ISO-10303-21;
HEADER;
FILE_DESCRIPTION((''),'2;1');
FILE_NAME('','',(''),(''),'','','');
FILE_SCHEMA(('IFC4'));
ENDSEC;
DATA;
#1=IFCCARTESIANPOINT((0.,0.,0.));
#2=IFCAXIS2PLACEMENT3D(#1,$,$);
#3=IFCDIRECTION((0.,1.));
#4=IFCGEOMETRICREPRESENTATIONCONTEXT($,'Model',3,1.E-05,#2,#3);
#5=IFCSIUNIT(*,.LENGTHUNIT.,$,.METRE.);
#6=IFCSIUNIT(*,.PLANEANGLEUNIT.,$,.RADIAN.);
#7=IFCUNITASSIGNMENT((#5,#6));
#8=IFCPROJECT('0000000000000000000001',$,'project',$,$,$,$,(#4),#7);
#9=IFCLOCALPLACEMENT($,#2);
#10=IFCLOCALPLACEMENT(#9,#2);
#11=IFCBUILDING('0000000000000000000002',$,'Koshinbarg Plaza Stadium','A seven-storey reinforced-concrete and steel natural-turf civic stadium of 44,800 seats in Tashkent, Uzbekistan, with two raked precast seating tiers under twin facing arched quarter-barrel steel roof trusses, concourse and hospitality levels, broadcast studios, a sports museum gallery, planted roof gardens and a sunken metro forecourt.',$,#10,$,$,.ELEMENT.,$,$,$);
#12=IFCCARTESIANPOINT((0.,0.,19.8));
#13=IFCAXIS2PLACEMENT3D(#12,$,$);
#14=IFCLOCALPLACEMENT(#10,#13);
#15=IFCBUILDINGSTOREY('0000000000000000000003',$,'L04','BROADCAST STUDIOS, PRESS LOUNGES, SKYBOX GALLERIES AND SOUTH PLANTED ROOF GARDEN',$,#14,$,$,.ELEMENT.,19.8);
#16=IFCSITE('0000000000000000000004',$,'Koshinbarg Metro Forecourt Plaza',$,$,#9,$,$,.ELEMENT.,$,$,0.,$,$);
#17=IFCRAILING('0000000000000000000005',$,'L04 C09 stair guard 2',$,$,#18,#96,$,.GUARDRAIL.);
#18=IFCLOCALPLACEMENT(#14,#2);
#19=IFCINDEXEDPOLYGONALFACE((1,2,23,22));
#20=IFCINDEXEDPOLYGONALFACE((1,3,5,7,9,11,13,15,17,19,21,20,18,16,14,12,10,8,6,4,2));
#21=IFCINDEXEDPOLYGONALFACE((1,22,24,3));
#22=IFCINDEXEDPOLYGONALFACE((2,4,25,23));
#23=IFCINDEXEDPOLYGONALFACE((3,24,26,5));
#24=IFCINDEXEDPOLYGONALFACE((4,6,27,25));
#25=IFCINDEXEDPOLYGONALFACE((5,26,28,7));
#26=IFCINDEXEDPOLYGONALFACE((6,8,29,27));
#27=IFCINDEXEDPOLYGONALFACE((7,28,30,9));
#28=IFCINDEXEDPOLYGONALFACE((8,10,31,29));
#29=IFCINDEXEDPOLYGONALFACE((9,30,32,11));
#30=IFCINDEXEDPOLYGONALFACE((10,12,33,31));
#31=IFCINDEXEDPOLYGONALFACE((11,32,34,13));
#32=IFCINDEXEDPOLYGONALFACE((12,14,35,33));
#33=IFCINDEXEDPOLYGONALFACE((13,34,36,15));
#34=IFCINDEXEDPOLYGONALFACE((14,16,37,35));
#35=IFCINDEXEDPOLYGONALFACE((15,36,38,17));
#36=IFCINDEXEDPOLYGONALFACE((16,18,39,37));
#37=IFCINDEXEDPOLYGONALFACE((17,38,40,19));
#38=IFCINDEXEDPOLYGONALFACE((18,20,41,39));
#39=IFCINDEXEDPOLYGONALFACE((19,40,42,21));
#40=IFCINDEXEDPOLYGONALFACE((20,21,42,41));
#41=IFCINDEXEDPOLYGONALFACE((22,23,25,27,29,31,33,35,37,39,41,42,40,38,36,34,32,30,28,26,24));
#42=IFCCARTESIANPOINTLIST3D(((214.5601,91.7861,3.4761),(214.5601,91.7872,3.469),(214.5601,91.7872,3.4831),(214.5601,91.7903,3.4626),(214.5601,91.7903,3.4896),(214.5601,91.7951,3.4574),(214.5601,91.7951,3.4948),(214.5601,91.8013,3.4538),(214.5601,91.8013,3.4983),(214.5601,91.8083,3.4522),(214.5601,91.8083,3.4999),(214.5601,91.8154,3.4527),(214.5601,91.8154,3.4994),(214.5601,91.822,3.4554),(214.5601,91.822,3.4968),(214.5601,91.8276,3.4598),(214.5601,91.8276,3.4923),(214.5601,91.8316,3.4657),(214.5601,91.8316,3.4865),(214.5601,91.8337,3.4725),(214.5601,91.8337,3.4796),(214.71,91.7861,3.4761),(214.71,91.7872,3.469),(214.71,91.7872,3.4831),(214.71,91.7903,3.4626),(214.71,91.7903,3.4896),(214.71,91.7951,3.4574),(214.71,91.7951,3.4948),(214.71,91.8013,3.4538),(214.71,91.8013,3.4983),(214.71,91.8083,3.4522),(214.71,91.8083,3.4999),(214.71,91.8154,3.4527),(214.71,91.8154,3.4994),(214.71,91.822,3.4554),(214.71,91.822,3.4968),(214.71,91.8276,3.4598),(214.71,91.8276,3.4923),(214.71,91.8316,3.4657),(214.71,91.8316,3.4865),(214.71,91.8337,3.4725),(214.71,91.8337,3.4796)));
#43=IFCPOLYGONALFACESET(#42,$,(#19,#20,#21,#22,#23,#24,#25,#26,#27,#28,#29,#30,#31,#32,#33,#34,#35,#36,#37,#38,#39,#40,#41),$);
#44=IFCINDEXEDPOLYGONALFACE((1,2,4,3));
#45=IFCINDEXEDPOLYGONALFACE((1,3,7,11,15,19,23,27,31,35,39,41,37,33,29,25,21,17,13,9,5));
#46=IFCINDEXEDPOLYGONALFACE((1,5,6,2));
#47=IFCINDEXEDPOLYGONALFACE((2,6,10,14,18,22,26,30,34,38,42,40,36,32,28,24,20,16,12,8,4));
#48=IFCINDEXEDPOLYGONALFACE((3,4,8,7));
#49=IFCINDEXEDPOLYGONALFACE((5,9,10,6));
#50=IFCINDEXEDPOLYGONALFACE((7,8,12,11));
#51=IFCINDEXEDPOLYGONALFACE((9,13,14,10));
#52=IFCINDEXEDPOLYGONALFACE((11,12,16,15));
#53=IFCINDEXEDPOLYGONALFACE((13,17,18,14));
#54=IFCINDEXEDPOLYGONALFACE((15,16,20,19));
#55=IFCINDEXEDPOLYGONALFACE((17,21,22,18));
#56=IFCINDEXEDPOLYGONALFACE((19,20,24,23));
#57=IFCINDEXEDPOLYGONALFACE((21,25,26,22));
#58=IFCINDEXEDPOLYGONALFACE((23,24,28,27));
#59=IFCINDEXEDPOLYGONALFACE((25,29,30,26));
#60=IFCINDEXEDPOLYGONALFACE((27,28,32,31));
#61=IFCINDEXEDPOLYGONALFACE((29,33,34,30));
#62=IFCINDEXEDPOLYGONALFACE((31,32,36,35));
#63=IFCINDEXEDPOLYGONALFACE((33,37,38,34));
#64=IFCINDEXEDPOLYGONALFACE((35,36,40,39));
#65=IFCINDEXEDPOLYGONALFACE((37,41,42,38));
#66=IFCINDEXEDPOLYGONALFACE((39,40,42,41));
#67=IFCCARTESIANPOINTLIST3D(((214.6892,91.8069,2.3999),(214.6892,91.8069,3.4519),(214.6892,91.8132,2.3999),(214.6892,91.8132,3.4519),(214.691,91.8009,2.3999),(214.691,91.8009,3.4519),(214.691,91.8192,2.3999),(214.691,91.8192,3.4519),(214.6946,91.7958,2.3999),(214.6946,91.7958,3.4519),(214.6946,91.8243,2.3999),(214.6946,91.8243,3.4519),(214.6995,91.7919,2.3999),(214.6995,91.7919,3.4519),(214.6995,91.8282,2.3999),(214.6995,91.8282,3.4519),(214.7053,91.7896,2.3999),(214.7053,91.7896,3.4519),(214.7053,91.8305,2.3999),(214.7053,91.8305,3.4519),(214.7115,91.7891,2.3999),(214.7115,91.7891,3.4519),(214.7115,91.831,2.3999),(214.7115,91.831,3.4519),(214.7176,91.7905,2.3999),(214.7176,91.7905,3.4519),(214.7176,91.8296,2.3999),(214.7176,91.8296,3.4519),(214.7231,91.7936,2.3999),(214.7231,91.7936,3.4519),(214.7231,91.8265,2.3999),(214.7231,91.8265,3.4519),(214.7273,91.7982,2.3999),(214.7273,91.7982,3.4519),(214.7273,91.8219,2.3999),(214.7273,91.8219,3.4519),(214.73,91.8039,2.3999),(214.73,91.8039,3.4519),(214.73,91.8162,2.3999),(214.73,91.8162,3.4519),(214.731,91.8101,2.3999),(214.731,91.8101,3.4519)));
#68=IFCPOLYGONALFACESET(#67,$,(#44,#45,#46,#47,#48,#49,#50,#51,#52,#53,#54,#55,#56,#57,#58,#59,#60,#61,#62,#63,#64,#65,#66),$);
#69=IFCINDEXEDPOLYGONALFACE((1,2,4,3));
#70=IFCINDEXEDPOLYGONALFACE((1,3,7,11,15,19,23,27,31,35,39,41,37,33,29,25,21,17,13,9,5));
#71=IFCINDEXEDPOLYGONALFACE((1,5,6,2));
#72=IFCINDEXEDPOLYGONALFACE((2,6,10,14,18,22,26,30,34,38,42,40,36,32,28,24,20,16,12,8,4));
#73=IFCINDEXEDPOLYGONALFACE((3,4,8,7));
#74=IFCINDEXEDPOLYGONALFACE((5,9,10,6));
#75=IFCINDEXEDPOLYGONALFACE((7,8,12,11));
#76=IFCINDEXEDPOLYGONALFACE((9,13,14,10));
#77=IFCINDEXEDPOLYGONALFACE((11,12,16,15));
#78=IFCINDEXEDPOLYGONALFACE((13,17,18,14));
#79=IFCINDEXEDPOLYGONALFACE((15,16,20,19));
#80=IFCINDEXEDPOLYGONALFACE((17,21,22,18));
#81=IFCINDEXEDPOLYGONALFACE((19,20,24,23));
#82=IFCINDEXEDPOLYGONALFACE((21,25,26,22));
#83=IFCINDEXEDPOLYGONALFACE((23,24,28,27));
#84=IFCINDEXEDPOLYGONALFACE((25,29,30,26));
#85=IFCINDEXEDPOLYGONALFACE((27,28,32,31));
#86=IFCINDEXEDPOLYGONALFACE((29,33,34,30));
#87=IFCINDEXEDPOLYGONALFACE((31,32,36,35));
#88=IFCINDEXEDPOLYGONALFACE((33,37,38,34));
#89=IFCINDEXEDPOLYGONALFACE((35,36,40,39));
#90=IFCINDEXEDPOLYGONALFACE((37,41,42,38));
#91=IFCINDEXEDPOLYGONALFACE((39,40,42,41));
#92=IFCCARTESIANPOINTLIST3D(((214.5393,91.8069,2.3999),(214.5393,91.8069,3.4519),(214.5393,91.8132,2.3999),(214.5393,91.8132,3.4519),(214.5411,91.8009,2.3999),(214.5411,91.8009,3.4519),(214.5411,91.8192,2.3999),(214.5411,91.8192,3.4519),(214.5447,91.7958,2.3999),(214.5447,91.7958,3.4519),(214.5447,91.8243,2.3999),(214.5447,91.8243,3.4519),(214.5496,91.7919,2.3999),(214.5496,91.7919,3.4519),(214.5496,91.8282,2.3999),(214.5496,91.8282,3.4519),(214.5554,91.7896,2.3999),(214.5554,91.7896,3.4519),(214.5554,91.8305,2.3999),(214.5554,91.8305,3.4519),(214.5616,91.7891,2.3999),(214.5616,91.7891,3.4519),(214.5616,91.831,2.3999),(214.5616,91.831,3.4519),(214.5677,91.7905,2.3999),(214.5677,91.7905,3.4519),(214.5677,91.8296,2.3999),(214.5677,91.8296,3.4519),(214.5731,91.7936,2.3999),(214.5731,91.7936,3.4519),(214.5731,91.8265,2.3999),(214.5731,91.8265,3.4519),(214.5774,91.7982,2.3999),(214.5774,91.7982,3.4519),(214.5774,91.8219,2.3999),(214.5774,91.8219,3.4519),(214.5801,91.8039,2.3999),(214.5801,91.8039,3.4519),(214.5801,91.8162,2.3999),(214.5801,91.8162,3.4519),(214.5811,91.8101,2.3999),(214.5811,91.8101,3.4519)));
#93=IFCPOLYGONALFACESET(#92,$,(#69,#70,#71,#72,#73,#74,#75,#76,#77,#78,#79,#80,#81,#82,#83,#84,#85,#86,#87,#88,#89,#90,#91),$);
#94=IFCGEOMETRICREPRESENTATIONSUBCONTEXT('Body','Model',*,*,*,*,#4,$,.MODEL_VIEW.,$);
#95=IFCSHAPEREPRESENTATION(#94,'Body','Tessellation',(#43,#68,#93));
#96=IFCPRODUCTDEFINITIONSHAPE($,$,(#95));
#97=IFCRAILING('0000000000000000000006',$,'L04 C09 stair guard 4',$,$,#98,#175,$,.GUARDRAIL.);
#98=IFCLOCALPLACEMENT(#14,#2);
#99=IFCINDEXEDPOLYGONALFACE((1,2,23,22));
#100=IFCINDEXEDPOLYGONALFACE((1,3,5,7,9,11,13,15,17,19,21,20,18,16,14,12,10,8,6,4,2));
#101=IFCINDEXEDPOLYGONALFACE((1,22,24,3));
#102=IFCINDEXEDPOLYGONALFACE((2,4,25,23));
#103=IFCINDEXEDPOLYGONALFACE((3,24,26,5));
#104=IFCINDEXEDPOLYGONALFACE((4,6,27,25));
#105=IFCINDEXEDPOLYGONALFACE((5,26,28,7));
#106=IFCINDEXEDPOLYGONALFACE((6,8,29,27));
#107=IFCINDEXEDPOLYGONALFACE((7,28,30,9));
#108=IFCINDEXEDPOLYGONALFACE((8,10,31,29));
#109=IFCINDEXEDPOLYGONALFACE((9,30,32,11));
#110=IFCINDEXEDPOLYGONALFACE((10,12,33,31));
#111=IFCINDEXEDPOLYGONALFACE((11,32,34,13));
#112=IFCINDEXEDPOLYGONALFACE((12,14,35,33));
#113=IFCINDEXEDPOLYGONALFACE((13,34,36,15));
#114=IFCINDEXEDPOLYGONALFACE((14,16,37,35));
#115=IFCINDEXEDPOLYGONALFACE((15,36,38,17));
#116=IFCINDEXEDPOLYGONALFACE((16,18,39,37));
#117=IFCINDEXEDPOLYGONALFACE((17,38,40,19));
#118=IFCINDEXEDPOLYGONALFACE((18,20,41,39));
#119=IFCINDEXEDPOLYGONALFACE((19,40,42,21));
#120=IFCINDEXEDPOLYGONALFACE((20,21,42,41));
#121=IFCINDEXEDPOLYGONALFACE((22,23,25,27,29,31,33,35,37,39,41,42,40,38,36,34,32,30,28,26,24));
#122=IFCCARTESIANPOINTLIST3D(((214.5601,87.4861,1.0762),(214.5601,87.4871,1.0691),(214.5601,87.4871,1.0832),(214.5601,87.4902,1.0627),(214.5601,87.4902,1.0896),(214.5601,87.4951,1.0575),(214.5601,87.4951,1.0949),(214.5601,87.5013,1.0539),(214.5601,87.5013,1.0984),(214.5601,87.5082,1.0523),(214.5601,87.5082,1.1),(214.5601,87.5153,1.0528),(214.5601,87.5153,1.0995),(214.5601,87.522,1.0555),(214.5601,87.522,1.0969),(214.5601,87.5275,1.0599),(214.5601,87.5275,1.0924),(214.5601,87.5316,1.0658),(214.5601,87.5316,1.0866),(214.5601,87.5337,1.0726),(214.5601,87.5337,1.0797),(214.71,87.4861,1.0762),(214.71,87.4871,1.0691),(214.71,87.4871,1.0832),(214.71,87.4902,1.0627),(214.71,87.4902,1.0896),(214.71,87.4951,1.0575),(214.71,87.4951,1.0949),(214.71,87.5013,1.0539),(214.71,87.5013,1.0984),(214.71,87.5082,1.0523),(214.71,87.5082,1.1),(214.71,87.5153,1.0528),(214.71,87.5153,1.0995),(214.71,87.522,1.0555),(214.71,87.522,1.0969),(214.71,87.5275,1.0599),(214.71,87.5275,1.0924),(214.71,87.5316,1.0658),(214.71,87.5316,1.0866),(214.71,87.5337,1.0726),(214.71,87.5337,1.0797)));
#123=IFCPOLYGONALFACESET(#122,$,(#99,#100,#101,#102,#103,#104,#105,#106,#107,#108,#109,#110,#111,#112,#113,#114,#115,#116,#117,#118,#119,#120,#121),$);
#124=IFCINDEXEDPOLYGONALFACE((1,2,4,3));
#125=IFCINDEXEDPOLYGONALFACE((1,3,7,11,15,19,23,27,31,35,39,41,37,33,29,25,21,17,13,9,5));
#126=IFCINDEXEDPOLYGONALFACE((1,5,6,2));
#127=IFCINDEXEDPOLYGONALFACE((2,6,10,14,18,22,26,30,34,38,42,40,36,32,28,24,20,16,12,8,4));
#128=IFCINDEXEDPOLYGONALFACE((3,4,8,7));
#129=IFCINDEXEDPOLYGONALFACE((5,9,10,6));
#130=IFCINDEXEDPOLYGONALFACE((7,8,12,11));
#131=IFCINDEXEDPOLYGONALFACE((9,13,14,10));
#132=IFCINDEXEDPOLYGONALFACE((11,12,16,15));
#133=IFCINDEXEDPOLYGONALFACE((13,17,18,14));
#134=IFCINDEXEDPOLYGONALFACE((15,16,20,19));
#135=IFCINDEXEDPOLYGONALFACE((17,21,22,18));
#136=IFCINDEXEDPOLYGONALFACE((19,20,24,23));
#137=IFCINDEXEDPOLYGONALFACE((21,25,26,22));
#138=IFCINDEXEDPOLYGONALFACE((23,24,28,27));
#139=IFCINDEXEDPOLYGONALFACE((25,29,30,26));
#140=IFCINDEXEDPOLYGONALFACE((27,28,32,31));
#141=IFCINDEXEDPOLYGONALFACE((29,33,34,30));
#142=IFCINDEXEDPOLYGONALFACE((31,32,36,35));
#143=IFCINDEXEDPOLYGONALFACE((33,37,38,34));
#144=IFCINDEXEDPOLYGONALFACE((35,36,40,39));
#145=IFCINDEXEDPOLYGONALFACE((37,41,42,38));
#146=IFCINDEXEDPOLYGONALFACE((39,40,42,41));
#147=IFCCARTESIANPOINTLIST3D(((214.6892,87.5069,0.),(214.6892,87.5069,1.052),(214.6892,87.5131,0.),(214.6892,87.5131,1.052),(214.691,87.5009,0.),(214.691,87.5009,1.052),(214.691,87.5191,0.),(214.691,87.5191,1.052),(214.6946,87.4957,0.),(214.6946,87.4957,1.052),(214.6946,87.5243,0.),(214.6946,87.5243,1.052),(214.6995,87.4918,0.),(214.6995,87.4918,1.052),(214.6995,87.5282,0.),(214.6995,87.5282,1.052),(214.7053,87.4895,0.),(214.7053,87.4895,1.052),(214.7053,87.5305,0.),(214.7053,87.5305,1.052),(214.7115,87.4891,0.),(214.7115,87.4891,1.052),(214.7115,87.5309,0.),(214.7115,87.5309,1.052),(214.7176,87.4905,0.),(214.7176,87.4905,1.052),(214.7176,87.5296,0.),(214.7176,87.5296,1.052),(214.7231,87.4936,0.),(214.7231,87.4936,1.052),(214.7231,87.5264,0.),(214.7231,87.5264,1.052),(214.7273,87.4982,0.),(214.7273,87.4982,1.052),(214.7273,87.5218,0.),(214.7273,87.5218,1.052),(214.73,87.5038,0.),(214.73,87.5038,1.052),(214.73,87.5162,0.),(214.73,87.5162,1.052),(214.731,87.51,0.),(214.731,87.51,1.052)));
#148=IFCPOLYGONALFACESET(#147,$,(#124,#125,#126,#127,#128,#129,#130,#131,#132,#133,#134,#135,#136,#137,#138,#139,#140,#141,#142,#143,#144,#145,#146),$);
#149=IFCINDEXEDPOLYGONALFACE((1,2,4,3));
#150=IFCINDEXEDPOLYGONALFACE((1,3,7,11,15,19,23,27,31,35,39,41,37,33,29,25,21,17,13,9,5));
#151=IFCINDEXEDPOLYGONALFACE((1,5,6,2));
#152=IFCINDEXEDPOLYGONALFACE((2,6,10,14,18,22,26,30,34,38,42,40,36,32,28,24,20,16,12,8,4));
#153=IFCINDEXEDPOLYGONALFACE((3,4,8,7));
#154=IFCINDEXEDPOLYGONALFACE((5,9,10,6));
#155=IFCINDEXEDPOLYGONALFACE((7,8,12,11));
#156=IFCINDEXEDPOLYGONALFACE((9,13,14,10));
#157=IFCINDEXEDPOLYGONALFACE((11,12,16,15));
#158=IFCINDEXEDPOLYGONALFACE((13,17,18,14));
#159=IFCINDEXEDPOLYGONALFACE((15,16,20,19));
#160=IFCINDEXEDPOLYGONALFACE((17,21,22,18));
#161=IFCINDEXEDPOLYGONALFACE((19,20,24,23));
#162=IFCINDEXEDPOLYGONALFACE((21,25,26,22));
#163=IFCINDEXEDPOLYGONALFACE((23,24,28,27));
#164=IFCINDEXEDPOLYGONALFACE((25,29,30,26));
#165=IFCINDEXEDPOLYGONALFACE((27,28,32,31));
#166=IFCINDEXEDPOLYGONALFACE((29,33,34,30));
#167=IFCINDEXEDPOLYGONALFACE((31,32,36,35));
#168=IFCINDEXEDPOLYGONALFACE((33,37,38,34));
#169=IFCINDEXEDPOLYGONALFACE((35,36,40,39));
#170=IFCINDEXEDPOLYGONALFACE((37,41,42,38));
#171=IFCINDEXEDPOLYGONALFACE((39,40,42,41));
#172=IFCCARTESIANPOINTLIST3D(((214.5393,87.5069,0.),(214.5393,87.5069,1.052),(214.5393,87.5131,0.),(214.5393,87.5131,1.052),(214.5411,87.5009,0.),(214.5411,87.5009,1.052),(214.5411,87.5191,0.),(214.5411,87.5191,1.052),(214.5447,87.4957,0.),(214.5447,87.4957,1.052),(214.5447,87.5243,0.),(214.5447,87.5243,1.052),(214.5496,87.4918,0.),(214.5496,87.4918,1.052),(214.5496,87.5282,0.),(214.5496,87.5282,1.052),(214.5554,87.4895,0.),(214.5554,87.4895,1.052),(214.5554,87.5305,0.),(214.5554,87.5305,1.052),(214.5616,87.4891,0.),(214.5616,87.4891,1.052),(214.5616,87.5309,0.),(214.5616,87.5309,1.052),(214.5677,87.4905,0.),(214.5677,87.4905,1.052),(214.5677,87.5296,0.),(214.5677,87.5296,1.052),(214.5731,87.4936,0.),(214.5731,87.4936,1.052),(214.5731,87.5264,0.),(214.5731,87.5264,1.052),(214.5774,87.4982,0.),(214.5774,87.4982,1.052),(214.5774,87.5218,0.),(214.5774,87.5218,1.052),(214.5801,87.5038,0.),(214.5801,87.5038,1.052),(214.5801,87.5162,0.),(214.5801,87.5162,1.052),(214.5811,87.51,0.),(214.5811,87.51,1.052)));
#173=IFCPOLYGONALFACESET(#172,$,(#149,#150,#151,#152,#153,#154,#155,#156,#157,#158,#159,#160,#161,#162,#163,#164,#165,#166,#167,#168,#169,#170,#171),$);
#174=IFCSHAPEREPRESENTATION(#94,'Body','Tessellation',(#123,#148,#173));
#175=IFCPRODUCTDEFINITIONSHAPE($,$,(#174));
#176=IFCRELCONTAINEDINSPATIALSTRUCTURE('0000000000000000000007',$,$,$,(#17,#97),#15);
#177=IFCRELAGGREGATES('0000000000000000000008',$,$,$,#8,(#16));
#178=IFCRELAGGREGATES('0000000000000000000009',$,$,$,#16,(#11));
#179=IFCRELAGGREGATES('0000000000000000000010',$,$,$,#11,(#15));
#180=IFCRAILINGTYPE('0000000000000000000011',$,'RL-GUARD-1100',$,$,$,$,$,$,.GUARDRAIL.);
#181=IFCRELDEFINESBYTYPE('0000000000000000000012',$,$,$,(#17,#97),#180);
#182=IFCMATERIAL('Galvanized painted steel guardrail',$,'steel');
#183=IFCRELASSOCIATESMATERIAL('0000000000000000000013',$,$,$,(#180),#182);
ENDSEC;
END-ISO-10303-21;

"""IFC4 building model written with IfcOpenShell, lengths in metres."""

from ifc_helpers import new_model, si_unit, direction, frame, origin, origin_2d, place, context, subcontext, project, spatial, circle, extrude, material, type_object, element, save


model = new_model("IFC4")

# Units and contexts
model_context = context("Model", 3, precision=1e-05, world=origin(), true_north=direction((0.0, 1.0)))
body_context = subcontext(model_context, "Body", "Model", "MODEL_VIEW")
ifc_project = project(units=[si_unit("LENGTHUNIT", "METRE"), si_unit("PLANEANGLEUNIT", "RADIAN")], contexts=[model_context])

# Site, building, storey
site_placement = place(None, origin())
site = spatial("IfcSite", under=ifc_project, at=site_placement, Name="Koshinbarg Metro Forecourt Plaza", CompositionType="ELEMENT", RefElevation=0.0)
building_placement = place(site_placement, origin())
building = spatial("IfcBuilding", under=site, at=building_placement, Name="Koshinbarg Plaza Stadium", Description="A seven-storey reinforced-concrete and steel natural-turf civic stadium of 44,800 seats in Tashkent, Uzbekistan, with two raked precast seating tiers under twin facing arched quarter-barrel steel roof trusses, concourse and hospitality levels, broadcast studios, a sports museum gallery, planted roof gardens and a sunken metro forecourt.", CompositionType="ELEMENT")
storey_placement = place(building_placement, frame((0.0, 0.0, 19.8)))
storey = spatial("IfcBuildingStorey", under=building, at=storey_placement, Name="L04", Description="BROADCAST STUDIOS, PRESS LOUNGES, SKYBOX GALLERIES AND SOUTH PLANTED ROOF GARDEN", CompositionType="ELEMENT", Elevation=19.8)

# Railings
ifc_material_1 = material(Name="Galvanized painted steel guardrail", Category="steel")
railing_type_1 = type_object("IfcRailingType", Name="RL-GUARD-1100", PredefinedType="GUARDRAIL", material=ifc_material_1)
for number, where, name in (
    (1, (214.71, 91.8101, 2.3999), "L04 C09 stair guard 2"),
    (2, (214.71, 87.51, 0.0), "L04 C09 stair guard 4"),
):
    element("IfcRailing", number, at=place(storey_placement, frame(where)), inside=storey, type_object=railing_type_1, Name=name, PredefinedType="GUARDRAIL", context=body_context, shape_type="SweptSolid", body=[
        extrude(circle(Radius=0.0239, at=origin_2d()), frame((0.0, 0.0, 1.0762), z_axis=(-1.0, 0.0, 0.0), x_axis=(0.0, -1.0, 0.0)), (0.0, 0.0, 1.0), 0.1499),
        extrude(circle(Radius=0.021, at=origin_2d()), origin(), (0.0, 0.0, 1.0), 1.052),
        extrude(circle(Radius=0.021, at=origin_2d()), frame((-0.1499, 0.0, 0.0)), (0.0, 0.0, 1.0), 1.052),
    ])

save(model, "model.ifc")
